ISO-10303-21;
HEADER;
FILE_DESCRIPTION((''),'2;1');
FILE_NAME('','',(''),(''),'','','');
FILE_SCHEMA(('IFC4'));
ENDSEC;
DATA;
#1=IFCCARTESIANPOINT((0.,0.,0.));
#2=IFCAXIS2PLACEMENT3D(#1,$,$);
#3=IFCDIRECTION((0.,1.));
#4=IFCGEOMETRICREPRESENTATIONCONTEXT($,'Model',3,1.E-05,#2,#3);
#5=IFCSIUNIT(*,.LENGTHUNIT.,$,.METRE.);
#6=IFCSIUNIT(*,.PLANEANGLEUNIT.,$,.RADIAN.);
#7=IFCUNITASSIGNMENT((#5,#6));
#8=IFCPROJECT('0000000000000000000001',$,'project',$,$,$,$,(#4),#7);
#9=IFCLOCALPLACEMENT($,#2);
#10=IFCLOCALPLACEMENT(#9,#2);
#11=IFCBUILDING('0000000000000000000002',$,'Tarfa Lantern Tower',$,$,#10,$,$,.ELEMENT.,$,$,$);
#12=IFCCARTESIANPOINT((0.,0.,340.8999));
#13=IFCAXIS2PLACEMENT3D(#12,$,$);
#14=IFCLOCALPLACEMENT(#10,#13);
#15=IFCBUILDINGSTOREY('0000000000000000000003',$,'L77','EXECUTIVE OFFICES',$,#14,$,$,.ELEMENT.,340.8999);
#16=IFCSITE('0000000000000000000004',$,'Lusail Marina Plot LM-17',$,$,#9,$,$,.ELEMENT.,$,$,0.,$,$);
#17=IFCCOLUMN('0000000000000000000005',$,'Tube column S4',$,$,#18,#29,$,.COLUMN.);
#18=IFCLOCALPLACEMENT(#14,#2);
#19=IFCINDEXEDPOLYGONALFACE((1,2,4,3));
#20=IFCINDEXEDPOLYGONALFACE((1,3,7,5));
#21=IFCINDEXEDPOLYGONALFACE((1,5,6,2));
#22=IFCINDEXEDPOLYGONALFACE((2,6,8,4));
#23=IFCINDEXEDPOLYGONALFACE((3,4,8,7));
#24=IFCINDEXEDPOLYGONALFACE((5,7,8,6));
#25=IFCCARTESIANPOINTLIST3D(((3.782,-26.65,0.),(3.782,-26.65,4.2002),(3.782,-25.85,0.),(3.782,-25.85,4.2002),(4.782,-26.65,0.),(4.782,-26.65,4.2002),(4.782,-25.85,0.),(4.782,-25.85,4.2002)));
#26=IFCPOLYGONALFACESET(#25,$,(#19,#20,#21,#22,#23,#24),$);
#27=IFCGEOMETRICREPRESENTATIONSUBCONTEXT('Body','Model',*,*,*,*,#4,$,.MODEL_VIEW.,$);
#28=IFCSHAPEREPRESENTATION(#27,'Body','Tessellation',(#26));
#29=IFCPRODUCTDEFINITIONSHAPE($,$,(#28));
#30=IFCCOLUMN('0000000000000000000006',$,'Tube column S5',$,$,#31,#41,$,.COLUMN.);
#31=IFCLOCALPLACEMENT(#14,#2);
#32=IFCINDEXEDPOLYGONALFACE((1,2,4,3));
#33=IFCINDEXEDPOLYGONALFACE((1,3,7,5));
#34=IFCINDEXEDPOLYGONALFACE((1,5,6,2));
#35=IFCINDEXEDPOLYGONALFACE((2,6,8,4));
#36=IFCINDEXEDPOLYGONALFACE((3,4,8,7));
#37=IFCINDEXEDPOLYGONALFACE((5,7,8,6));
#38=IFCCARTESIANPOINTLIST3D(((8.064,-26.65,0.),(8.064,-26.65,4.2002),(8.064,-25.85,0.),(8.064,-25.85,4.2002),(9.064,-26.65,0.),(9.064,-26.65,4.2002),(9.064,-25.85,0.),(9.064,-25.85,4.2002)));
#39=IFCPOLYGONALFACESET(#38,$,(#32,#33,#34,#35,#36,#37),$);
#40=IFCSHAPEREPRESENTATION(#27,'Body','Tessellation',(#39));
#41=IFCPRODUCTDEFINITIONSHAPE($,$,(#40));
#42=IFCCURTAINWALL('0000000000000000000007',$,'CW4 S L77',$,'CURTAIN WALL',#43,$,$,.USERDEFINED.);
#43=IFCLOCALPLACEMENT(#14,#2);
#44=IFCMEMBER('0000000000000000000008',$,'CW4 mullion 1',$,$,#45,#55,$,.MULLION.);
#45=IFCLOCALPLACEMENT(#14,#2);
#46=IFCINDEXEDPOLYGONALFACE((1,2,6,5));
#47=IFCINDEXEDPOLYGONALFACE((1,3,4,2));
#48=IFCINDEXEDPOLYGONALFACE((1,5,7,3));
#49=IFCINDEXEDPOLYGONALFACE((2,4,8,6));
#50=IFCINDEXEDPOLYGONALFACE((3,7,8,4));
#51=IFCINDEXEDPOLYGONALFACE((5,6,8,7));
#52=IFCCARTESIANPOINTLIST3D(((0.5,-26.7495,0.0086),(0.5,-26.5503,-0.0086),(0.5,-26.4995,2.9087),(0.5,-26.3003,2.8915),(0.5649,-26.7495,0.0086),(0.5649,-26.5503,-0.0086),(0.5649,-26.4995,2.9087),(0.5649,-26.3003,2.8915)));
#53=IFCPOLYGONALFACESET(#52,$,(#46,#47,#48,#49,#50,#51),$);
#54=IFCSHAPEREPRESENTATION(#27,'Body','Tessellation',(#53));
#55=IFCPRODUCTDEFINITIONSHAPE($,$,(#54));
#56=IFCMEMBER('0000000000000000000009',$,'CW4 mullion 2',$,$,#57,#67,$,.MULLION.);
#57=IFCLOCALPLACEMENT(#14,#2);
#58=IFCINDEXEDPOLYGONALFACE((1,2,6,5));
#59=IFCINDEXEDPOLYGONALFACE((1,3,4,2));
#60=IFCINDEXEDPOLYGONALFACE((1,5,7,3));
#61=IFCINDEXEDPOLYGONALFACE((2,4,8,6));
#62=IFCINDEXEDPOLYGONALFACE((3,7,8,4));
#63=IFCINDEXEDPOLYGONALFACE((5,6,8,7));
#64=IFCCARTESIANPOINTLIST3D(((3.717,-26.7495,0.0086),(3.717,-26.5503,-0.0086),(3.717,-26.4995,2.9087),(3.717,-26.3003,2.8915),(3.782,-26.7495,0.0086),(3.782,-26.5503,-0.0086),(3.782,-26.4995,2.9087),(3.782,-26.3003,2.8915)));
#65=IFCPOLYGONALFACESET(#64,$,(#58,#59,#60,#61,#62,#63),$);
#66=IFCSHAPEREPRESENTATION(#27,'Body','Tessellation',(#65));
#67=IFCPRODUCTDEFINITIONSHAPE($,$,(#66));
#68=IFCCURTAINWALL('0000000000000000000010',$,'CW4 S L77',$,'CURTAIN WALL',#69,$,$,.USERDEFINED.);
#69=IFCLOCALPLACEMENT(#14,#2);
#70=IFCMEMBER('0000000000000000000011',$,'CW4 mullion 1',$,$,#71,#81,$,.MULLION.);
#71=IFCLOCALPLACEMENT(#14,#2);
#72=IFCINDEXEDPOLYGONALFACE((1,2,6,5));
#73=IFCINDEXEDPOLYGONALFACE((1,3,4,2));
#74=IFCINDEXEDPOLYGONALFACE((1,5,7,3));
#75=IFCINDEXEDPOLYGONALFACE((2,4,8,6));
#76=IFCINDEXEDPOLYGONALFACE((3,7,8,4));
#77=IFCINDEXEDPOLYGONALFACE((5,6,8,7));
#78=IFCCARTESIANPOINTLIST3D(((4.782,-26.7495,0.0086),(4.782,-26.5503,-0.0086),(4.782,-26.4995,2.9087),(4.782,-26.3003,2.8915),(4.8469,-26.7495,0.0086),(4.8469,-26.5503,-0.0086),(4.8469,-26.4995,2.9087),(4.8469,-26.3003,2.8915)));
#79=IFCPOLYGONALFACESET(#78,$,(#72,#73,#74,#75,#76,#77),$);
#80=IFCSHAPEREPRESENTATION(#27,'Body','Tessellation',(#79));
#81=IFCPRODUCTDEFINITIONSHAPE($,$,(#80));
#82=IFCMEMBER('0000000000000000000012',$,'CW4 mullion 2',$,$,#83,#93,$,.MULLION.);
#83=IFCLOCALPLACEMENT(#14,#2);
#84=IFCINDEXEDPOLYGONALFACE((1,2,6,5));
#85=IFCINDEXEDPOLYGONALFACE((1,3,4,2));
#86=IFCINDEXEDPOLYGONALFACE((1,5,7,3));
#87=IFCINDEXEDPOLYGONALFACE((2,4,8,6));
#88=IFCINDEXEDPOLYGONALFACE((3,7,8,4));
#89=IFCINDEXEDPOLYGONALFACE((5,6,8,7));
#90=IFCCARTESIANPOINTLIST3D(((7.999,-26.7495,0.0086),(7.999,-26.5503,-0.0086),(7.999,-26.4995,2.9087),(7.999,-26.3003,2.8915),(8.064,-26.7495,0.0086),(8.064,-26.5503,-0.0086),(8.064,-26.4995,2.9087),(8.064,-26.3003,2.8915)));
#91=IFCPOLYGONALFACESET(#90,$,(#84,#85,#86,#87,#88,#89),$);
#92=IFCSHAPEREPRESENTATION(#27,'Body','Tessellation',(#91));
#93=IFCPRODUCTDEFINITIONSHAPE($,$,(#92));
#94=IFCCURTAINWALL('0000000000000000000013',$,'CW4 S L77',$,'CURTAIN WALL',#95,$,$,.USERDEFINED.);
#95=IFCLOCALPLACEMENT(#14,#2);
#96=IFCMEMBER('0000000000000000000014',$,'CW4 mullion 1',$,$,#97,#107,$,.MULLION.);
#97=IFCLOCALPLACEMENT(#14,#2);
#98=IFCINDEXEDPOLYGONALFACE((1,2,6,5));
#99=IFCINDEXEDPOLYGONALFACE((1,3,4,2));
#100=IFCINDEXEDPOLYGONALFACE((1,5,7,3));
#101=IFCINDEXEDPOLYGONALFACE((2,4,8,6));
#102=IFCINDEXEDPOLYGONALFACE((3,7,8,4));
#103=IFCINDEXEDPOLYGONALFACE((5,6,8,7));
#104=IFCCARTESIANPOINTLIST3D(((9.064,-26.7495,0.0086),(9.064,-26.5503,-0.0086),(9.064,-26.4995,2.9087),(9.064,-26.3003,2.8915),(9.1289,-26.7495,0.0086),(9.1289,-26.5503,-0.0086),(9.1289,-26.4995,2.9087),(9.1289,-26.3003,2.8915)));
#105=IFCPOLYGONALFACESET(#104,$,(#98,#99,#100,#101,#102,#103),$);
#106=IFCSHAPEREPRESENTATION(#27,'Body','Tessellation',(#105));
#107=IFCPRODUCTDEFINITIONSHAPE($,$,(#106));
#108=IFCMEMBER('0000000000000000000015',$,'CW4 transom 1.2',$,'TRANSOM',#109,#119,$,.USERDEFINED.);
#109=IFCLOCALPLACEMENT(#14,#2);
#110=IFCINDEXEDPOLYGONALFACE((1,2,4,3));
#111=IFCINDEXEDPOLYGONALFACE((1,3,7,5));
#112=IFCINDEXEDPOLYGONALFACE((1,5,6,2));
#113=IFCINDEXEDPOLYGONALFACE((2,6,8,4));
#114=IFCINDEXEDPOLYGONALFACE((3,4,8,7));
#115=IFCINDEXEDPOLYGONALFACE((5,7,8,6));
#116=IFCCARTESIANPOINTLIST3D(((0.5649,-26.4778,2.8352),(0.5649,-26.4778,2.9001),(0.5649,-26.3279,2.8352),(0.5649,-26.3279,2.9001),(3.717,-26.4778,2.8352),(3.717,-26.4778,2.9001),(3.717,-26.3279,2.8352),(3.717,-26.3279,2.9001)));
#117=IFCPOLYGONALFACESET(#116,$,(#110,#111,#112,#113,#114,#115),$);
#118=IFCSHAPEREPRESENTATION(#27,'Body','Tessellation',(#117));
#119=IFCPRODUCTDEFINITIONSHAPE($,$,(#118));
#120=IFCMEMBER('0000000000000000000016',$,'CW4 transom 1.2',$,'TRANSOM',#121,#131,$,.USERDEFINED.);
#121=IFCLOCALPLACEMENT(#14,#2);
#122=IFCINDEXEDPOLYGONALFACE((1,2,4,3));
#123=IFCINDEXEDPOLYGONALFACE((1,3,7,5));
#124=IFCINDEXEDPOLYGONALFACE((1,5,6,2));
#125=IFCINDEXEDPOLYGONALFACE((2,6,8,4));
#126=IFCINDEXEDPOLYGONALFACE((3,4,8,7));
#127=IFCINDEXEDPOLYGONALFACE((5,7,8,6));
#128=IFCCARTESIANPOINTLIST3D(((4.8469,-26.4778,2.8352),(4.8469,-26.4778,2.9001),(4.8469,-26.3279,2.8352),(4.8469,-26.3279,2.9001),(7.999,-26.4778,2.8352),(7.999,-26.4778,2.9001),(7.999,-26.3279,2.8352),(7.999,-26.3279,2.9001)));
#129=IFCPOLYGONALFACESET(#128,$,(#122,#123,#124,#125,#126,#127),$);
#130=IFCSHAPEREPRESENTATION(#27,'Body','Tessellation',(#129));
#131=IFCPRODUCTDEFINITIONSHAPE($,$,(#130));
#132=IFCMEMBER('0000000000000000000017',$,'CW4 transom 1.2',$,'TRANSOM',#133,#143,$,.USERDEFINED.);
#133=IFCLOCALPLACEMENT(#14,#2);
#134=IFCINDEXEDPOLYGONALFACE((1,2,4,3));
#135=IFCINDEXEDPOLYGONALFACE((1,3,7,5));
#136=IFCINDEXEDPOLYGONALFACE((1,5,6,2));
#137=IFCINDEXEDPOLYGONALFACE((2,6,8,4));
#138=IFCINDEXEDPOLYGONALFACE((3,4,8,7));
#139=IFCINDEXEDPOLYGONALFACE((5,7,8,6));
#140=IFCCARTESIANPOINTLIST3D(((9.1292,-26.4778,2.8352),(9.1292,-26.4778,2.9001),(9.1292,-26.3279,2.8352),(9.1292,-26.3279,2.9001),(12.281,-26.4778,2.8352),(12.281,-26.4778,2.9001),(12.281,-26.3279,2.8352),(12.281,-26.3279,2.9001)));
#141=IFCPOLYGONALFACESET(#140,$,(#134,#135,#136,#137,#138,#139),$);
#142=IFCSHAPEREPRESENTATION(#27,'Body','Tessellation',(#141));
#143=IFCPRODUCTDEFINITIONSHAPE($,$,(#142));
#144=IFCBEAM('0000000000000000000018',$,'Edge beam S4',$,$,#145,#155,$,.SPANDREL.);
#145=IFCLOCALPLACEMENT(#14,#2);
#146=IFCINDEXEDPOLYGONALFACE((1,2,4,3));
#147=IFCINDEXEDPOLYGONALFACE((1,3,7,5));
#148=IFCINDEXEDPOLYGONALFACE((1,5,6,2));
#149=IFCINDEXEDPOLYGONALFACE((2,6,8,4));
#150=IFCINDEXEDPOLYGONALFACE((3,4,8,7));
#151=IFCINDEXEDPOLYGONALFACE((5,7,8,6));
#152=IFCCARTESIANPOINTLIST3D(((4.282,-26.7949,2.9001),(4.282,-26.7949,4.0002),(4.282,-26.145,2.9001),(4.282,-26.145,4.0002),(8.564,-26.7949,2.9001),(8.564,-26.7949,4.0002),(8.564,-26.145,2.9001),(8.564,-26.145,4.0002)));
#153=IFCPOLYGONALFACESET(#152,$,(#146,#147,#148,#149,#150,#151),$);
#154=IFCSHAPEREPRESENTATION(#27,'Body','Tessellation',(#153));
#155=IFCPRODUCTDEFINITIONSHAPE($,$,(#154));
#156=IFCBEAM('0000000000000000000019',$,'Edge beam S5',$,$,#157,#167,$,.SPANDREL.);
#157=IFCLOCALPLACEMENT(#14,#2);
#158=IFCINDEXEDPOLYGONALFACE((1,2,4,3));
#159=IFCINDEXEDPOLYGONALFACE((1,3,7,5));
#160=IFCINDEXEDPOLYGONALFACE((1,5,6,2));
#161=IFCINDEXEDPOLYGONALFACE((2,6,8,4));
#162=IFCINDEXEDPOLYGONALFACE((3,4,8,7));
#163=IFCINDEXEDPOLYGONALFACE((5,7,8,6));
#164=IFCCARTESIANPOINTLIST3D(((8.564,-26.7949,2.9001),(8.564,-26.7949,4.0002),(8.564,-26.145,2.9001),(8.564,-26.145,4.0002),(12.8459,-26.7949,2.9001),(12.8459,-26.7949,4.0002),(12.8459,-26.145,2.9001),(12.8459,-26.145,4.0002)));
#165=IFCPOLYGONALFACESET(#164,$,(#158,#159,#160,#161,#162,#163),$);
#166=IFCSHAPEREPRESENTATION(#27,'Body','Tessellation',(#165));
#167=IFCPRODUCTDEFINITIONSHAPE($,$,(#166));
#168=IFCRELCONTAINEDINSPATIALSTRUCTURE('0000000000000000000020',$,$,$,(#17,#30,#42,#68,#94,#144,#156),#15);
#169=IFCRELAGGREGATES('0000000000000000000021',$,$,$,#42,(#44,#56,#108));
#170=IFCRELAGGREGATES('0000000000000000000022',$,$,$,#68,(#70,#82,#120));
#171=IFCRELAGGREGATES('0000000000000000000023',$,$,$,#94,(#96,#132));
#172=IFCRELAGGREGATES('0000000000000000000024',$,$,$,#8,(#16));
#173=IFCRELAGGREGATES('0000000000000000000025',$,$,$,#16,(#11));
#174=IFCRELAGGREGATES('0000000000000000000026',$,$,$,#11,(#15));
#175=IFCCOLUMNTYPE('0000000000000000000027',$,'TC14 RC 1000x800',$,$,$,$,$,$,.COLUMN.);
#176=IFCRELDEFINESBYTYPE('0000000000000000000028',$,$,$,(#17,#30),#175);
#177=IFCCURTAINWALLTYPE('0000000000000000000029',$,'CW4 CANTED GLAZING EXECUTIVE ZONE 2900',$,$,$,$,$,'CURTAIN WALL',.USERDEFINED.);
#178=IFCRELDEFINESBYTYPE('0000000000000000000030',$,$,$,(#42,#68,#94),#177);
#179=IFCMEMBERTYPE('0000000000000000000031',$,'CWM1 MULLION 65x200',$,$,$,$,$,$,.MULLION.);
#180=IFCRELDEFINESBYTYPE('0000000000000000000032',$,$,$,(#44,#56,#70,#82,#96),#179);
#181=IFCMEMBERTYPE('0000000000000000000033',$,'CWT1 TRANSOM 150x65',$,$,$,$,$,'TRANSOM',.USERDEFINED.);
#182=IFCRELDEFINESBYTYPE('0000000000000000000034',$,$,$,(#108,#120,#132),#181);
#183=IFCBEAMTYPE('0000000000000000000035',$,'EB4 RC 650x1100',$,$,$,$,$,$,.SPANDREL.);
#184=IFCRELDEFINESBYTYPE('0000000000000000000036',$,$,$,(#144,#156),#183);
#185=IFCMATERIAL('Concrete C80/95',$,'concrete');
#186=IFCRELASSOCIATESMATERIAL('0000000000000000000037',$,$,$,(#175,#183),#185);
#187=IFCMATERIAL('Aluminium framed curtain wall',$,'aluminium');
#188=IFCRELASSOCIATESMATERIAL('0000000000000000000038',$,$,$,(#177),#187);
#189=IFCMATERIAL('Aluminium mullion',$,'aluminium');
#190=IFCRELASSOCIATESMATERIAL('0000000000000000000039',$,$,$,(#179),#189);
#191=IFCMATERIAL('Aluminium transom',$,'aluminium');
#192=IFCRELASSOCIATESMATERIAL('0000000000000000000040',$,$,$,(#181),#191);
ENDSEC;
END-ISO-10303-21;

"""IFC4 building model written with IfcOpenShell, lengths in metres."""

from ifc_helpers import new_model, si_unit, direction, frame, origin, origin_2d, place, context, subcontext, project, spatial, rectangle, extrude, material, material_profile, profile_set, type_object, element, aggregate, save


model = new_model("IFC4")

# Units and contexts
model_context = context("Model", 3, precision=1e-05, world=origin(), true_north=direction((0.0, 1.0)))
body_context = subcontext(model_context, "Body", "Model", "MODEL_VIEW")
ifc_project = project(units=[si_unit("LENGTHUNIT", "METRE"), si_unit("PLANEANGLEUNIT", "RADIAN")], contexts=[model_context])

# Site, building, storey
site_placement = place(None, origin())
site = spatial("IfcSite", under=ifc_project, at=site_placement, Name="Lusail Marina Plot LM-17", CompositionType="ELEMENT", RefElevation=0.0)
building_placement = place(site_placement, origin())
building = spatial("IfcBuilding", under=site, at=building_placement, Name="Tarfa Lantern Tower", CompositionType="ELEMENT")
storey_placement = place(building_placement, frame((0.0, 0.0, 340.8999)))
storey = spatial("IfcBuildingStorey", under=building, at=storey_placement, Name="L77", Description="EXECUTIVE OFFICES", CompositionType="ELEMENT", Elevation=340.8999)

# Columns
ifc_material_1 = material(Name="Concrete C80/95", Category="concrete")
ifc_material_profile_1 = material_profile(ifc_material_1, rectangle(XDim=1.0, YDim=0.8, at=origin_2d()), Name="RC 1000x800")
ifc_profile_set_1 = profile_set([ifc_material_profile_1], Name="Concrete C80/95")
column_type = type_object("IfcColumnType", Name="TC14 RC 1000x800", PredefinedType="COLUMN", material=ifc_profile_set_1)
for number, where, z_axis, x_axis, name in (
    (1, (4.282, -26.25, 0.0), (0.0, 0.0, 1.0), (1.0, 0.0, 0.0), "Tube column S4"),
    (2, (8.564, -26.25, 0.0), (0.0, 0.0, 1.0), (1.0, 0.0, 0.0), "Tube column S5"),
):
    element("IfcColumn", number, at=place(storey_placement, frame(where, z_axis=z_axis, x_axis=x_axis)), inside=storey, type_object=column_type, Name=name, PredefinedType="COLUMN", context=body_context, shape_type="SweptSolid", body=[
        extrude(rectangle(XDim=1.0, YDim=0.8, at=origin_2d()), origin(), (0.0, 0.0, 1.0), 4.2002),
    ])

# Curtain walls, members
ifc_material_2 = material(Name="Aluminium framed curtain wall", Category="aluminium")
curtain_wall_type = type_object("IfcCurtainWallType", Name="CW4 CANTED GLAZING EXECUTIVE ZONE 2900", ElementType="CURTAIN WALL", PredefinedType="USERDEFINED", material=ifc_material_2)
curtain_wall_1_placement = place(storey_placement, origin())
curtain_wall_1 = element("IfcCurtainWall", 3, at=curtain_wall_1_placement, inside=storey, type_object=curtain_wall_type, Name="CW4 S L77", ObjectType="CURTAIN WALL", PredefinedType="USERDEFINED")
ifc_material_3 = material(Name="Aluminium mullion", Category="aluminium")
ifc_material_profile_2 = material_profile(ifc_material_3, rectangle(XDim=0.0649, YDim=0.2, at=origin_2d()), Name="AL MULLION 65x200")
ifc_profile_set_2 = profile_set([ifc_material_profile_2], Name="Aluminium mullion")
member_type_1 = type_object("IfcMemberType", Name="CWM1 MULLION 65x200", PredefinedType="MULLION", material=ifc_profile_set_2)
member_1_placement = place(storey_placement, frame((0.5325, -26.6499, 0.0), z_axis=(0.0, 0.085884, 0.996305), x_axis=(-1.0, 0.0, 0.0)))
member_1 = element("IfcMember", 4, at=member_1_placement, type_object=member_type_1, Name="CW4 mullion 1", PredefinedType="MULLION", context=body_context, shape_type="SweptSolid", body=[
    extrude(rectangle(XDim=0.0649, YDim=0.2, at=origin_2d()), origin(), (0.0, 0.0, 1.0), 2.9109),
])
member_2_placement = place(storey_placement, frame((3.7495, -26.6499, 0.0), z_axis=(0.0, 0.085884, 0.996305), x_axis=(-1.0, 0.0, 0.0)))
member_2 = element("IfcMember", 5, at=member_2_placement, type_object=member_type_1, Name="CW4 mullion 2", PredefinedType="MULLION", context=body_context, shape_type="SweptSolid", body=[
    extrude(rectangle(XDim=0.0649, YDim=0.2, at=origin_2d()), origin(), (0.0, 0.0, 1.0), 2.9109),
])
curtain_wall_2_placement = place(storey_placement, origin())
curtain_wall_2 = element("IfcCurtainWall", 6, at=curtain_wall_2_placement, inside=storey, type_object=curtain_wall_type, Name="CW4 S L77", ObjectType="CURTAIN WALL", PredefinedType="USERDEFINED")
member_3_placement = place(storey_placement, frame((4.8145, -26.6499, 0.0), z_axis=(0.0, 0.085884, 0.996305), x_axis=(-1.0, 0.0, 0.0)))
member_3 = element("IfcMember", 7, at=member_3_placement, type_object=member_type_1, Name="CW4 mullion 1", PredefinedType="MULLION", context=body_context, shape_type="SweptSolid", body=[
    extrude(rectangle(XDim=0.0649, YDim=0.2, at=origin_2d()), origin(), (0.0, 0.0, 1.0), 2.9109),
])
member_4_placement = place(storey_placement, frame((8.0315, -26.6499, 0.0), z_axis=(0.0, 0.085884, 0.996305), x_axis=(-1.0, 0.0, 0.0)))
member_4 = element("IfcMember", 8, at=member_4_placement, type_object=member_type_1, Name="CW4 mullion 2", PredefinedType="MULLION", context=body_context, shape_type="SweptSolid", body=[
    extrude(rectangle(XDim=0.0649, YDim=0.2, at=origin_2d()), origin(), (0.0, 0.0, 1.0), 2.9109),
])

# Curtain wall, member
curtain_wall_3_placement = place(storey_placement, origin())
curtain_wall_3 = element("IfcCurtainWall", 9, at=curtain_wall_3_placement, inside=storey, type_object=curtain_wall_type, Name="CW4 S L77", ObjectType="CURTAIN WALL", PredefinedType="USERDEFINED")
member_5_placement = place(storey_placement, frame((9.0964, -26.6499, 0.0), z_axis=(0.0, 0.085884, 0.996305), x_axis=(-1.0, 0.0, 0.0)))
member_5 = element("IfcMember", 10, at=member_5_placement, type_object=member_type_1, Name="CW4 mullion 1", PredefinedType="MULLION", context=body_context, shape_type="SweptSolid", body=[
    extrude(rectangle(XDim=0.0649, YDim=0.2, at=origin_2d()), origin(), (0.0, 0.0, 1.0), 2.9109),
])

# Members
ifc_material_4 = material(Name="Aluminium transom", Category="aluminium")
ifc_material_profile_3 = material_profile(ifc_material_4, rectangle(XDim=0.1499, YDim=0.0649, at=origin_2d()), Name="AL TRANSOM 150x65")
ifc_profile_set_3 = profile_set([ifc_material_profile_3], Name="Aluminium transom")
member_type_2 = type_object("IfcMemberType", Name="CWT1 TRANSOM 150x65", ElementType="TRANSOM", PredefinedType="USERDEFINED", material=ifc_profile_set_3)
member_6_placement = place(storey_placement, frame((0.5649, -26.4028, 2.8677), z_axis=(1.0, 0.0, 0.0), x_axis=(0.0, 1.0, 0.0)))
member_6 = element("IfcMember", 11, at=member_6_placement, type_object=member_type_2, Name="CW4 transom 1.2", ObjectType="TRANSOM", PredefinedType="USERDEFINED", context=body_context, shape_type="SweptSolid", body=[
    extrude(rectangle(XDim=0.1499, YDim=0.0649, at=origin_2d()), origin(), (0.0, 0.0, 1.0), 3.1521),
])
member_7_placement = place(storey_placement, frame((4.8469, -26.4028, 2.8677), z_axis=(1.0, 0.0, 0.0), x_axis=(0.0, 1.0, 0.0)))
member_7 = element("IfcMember", 12, at=member_7_placement, type_object=member_type_2, Name="CW4 transom 1.2", ObjectType="TRANSOM", PredefinedType="USERDEFINED", context=body_context, shape_type="SweptSolid", body=[
    extrude(rectangle(XDim=0.1499, YDim=0.0649, at=origin_2d()), origin(), (0.0, 0.0, 1.0), 3.1521),
])
member_8_placement = place(storey_placement, frame((9.1292, -26.4028, 2.8677), z_axis=(1.0, 0.0, 0.0), x_axis=(0.0, 1.0, 0.0)))
member_8 = element("IfcMember", 13, at=member_8_placement, type_object=member_type_2, Name="CW4 transom 1.2", ObjectType="TRANSOM", PredefinedType="USERDEFINED", context=body_context, shape_type="SweptSolid", body=[
    extrude(rectangle(XDim=0.1499, YDim=0.0649, at=origin_2d()), origin(), (0.0, 0.0, 1.0), 3.1519),
])

# Beams
ifc_material_profile_4 = material_profile(ifc_material_1, rectangle(XDim=0.6499, YDim=1.1001, at=origin_2d()), Name="RC 650x1100")
ifc_profile_set_4 = profile_set([ifc_material_profile_4], Name="Concrete C80/95")
beam_type_1 = type_object("IfcBeamType", Name="EB4 RC 650x1100", PredefinedType="SPANDREL", material=ifc_profile_set_4)
for number, where, z_axis, x_axis, name in (
    (14, (4.282, -26.47, 3.4502), (1.0, 0.0, 0.0), (0.0, 1.0, 0.0), "Edge beam S4"),
    (15, (8.564, -26.47, 3.4502), (1.0, 0.0, 0.0), (0.0, 1.0, 0.0), "Edge beam S5"),
):
    element("IfcBeam", number, at=place(storey_placement, frame(where, z_axis=z_axis, x_axis=x_axis)), inside=storey, type_object=beam_type_1, Name=name, PredefinedType="SPANDREL", context=body_context, shape_type="SweptSolid", body=[
        extrude(rectangle(XDim=0.6499, YDim=1.1001, at=origin_2d()), origin(), (0.0, 0.0, 1.0), 4.282),
    ])

aggregate(curtain_wall_1, [member_1, member_2, member_6])
aggregate(curtain_wall_2, [member_3, member_4, member_7])
aggregate(curtain_wall_3, [member_5, member_8])

save(model, "model.ifc")
